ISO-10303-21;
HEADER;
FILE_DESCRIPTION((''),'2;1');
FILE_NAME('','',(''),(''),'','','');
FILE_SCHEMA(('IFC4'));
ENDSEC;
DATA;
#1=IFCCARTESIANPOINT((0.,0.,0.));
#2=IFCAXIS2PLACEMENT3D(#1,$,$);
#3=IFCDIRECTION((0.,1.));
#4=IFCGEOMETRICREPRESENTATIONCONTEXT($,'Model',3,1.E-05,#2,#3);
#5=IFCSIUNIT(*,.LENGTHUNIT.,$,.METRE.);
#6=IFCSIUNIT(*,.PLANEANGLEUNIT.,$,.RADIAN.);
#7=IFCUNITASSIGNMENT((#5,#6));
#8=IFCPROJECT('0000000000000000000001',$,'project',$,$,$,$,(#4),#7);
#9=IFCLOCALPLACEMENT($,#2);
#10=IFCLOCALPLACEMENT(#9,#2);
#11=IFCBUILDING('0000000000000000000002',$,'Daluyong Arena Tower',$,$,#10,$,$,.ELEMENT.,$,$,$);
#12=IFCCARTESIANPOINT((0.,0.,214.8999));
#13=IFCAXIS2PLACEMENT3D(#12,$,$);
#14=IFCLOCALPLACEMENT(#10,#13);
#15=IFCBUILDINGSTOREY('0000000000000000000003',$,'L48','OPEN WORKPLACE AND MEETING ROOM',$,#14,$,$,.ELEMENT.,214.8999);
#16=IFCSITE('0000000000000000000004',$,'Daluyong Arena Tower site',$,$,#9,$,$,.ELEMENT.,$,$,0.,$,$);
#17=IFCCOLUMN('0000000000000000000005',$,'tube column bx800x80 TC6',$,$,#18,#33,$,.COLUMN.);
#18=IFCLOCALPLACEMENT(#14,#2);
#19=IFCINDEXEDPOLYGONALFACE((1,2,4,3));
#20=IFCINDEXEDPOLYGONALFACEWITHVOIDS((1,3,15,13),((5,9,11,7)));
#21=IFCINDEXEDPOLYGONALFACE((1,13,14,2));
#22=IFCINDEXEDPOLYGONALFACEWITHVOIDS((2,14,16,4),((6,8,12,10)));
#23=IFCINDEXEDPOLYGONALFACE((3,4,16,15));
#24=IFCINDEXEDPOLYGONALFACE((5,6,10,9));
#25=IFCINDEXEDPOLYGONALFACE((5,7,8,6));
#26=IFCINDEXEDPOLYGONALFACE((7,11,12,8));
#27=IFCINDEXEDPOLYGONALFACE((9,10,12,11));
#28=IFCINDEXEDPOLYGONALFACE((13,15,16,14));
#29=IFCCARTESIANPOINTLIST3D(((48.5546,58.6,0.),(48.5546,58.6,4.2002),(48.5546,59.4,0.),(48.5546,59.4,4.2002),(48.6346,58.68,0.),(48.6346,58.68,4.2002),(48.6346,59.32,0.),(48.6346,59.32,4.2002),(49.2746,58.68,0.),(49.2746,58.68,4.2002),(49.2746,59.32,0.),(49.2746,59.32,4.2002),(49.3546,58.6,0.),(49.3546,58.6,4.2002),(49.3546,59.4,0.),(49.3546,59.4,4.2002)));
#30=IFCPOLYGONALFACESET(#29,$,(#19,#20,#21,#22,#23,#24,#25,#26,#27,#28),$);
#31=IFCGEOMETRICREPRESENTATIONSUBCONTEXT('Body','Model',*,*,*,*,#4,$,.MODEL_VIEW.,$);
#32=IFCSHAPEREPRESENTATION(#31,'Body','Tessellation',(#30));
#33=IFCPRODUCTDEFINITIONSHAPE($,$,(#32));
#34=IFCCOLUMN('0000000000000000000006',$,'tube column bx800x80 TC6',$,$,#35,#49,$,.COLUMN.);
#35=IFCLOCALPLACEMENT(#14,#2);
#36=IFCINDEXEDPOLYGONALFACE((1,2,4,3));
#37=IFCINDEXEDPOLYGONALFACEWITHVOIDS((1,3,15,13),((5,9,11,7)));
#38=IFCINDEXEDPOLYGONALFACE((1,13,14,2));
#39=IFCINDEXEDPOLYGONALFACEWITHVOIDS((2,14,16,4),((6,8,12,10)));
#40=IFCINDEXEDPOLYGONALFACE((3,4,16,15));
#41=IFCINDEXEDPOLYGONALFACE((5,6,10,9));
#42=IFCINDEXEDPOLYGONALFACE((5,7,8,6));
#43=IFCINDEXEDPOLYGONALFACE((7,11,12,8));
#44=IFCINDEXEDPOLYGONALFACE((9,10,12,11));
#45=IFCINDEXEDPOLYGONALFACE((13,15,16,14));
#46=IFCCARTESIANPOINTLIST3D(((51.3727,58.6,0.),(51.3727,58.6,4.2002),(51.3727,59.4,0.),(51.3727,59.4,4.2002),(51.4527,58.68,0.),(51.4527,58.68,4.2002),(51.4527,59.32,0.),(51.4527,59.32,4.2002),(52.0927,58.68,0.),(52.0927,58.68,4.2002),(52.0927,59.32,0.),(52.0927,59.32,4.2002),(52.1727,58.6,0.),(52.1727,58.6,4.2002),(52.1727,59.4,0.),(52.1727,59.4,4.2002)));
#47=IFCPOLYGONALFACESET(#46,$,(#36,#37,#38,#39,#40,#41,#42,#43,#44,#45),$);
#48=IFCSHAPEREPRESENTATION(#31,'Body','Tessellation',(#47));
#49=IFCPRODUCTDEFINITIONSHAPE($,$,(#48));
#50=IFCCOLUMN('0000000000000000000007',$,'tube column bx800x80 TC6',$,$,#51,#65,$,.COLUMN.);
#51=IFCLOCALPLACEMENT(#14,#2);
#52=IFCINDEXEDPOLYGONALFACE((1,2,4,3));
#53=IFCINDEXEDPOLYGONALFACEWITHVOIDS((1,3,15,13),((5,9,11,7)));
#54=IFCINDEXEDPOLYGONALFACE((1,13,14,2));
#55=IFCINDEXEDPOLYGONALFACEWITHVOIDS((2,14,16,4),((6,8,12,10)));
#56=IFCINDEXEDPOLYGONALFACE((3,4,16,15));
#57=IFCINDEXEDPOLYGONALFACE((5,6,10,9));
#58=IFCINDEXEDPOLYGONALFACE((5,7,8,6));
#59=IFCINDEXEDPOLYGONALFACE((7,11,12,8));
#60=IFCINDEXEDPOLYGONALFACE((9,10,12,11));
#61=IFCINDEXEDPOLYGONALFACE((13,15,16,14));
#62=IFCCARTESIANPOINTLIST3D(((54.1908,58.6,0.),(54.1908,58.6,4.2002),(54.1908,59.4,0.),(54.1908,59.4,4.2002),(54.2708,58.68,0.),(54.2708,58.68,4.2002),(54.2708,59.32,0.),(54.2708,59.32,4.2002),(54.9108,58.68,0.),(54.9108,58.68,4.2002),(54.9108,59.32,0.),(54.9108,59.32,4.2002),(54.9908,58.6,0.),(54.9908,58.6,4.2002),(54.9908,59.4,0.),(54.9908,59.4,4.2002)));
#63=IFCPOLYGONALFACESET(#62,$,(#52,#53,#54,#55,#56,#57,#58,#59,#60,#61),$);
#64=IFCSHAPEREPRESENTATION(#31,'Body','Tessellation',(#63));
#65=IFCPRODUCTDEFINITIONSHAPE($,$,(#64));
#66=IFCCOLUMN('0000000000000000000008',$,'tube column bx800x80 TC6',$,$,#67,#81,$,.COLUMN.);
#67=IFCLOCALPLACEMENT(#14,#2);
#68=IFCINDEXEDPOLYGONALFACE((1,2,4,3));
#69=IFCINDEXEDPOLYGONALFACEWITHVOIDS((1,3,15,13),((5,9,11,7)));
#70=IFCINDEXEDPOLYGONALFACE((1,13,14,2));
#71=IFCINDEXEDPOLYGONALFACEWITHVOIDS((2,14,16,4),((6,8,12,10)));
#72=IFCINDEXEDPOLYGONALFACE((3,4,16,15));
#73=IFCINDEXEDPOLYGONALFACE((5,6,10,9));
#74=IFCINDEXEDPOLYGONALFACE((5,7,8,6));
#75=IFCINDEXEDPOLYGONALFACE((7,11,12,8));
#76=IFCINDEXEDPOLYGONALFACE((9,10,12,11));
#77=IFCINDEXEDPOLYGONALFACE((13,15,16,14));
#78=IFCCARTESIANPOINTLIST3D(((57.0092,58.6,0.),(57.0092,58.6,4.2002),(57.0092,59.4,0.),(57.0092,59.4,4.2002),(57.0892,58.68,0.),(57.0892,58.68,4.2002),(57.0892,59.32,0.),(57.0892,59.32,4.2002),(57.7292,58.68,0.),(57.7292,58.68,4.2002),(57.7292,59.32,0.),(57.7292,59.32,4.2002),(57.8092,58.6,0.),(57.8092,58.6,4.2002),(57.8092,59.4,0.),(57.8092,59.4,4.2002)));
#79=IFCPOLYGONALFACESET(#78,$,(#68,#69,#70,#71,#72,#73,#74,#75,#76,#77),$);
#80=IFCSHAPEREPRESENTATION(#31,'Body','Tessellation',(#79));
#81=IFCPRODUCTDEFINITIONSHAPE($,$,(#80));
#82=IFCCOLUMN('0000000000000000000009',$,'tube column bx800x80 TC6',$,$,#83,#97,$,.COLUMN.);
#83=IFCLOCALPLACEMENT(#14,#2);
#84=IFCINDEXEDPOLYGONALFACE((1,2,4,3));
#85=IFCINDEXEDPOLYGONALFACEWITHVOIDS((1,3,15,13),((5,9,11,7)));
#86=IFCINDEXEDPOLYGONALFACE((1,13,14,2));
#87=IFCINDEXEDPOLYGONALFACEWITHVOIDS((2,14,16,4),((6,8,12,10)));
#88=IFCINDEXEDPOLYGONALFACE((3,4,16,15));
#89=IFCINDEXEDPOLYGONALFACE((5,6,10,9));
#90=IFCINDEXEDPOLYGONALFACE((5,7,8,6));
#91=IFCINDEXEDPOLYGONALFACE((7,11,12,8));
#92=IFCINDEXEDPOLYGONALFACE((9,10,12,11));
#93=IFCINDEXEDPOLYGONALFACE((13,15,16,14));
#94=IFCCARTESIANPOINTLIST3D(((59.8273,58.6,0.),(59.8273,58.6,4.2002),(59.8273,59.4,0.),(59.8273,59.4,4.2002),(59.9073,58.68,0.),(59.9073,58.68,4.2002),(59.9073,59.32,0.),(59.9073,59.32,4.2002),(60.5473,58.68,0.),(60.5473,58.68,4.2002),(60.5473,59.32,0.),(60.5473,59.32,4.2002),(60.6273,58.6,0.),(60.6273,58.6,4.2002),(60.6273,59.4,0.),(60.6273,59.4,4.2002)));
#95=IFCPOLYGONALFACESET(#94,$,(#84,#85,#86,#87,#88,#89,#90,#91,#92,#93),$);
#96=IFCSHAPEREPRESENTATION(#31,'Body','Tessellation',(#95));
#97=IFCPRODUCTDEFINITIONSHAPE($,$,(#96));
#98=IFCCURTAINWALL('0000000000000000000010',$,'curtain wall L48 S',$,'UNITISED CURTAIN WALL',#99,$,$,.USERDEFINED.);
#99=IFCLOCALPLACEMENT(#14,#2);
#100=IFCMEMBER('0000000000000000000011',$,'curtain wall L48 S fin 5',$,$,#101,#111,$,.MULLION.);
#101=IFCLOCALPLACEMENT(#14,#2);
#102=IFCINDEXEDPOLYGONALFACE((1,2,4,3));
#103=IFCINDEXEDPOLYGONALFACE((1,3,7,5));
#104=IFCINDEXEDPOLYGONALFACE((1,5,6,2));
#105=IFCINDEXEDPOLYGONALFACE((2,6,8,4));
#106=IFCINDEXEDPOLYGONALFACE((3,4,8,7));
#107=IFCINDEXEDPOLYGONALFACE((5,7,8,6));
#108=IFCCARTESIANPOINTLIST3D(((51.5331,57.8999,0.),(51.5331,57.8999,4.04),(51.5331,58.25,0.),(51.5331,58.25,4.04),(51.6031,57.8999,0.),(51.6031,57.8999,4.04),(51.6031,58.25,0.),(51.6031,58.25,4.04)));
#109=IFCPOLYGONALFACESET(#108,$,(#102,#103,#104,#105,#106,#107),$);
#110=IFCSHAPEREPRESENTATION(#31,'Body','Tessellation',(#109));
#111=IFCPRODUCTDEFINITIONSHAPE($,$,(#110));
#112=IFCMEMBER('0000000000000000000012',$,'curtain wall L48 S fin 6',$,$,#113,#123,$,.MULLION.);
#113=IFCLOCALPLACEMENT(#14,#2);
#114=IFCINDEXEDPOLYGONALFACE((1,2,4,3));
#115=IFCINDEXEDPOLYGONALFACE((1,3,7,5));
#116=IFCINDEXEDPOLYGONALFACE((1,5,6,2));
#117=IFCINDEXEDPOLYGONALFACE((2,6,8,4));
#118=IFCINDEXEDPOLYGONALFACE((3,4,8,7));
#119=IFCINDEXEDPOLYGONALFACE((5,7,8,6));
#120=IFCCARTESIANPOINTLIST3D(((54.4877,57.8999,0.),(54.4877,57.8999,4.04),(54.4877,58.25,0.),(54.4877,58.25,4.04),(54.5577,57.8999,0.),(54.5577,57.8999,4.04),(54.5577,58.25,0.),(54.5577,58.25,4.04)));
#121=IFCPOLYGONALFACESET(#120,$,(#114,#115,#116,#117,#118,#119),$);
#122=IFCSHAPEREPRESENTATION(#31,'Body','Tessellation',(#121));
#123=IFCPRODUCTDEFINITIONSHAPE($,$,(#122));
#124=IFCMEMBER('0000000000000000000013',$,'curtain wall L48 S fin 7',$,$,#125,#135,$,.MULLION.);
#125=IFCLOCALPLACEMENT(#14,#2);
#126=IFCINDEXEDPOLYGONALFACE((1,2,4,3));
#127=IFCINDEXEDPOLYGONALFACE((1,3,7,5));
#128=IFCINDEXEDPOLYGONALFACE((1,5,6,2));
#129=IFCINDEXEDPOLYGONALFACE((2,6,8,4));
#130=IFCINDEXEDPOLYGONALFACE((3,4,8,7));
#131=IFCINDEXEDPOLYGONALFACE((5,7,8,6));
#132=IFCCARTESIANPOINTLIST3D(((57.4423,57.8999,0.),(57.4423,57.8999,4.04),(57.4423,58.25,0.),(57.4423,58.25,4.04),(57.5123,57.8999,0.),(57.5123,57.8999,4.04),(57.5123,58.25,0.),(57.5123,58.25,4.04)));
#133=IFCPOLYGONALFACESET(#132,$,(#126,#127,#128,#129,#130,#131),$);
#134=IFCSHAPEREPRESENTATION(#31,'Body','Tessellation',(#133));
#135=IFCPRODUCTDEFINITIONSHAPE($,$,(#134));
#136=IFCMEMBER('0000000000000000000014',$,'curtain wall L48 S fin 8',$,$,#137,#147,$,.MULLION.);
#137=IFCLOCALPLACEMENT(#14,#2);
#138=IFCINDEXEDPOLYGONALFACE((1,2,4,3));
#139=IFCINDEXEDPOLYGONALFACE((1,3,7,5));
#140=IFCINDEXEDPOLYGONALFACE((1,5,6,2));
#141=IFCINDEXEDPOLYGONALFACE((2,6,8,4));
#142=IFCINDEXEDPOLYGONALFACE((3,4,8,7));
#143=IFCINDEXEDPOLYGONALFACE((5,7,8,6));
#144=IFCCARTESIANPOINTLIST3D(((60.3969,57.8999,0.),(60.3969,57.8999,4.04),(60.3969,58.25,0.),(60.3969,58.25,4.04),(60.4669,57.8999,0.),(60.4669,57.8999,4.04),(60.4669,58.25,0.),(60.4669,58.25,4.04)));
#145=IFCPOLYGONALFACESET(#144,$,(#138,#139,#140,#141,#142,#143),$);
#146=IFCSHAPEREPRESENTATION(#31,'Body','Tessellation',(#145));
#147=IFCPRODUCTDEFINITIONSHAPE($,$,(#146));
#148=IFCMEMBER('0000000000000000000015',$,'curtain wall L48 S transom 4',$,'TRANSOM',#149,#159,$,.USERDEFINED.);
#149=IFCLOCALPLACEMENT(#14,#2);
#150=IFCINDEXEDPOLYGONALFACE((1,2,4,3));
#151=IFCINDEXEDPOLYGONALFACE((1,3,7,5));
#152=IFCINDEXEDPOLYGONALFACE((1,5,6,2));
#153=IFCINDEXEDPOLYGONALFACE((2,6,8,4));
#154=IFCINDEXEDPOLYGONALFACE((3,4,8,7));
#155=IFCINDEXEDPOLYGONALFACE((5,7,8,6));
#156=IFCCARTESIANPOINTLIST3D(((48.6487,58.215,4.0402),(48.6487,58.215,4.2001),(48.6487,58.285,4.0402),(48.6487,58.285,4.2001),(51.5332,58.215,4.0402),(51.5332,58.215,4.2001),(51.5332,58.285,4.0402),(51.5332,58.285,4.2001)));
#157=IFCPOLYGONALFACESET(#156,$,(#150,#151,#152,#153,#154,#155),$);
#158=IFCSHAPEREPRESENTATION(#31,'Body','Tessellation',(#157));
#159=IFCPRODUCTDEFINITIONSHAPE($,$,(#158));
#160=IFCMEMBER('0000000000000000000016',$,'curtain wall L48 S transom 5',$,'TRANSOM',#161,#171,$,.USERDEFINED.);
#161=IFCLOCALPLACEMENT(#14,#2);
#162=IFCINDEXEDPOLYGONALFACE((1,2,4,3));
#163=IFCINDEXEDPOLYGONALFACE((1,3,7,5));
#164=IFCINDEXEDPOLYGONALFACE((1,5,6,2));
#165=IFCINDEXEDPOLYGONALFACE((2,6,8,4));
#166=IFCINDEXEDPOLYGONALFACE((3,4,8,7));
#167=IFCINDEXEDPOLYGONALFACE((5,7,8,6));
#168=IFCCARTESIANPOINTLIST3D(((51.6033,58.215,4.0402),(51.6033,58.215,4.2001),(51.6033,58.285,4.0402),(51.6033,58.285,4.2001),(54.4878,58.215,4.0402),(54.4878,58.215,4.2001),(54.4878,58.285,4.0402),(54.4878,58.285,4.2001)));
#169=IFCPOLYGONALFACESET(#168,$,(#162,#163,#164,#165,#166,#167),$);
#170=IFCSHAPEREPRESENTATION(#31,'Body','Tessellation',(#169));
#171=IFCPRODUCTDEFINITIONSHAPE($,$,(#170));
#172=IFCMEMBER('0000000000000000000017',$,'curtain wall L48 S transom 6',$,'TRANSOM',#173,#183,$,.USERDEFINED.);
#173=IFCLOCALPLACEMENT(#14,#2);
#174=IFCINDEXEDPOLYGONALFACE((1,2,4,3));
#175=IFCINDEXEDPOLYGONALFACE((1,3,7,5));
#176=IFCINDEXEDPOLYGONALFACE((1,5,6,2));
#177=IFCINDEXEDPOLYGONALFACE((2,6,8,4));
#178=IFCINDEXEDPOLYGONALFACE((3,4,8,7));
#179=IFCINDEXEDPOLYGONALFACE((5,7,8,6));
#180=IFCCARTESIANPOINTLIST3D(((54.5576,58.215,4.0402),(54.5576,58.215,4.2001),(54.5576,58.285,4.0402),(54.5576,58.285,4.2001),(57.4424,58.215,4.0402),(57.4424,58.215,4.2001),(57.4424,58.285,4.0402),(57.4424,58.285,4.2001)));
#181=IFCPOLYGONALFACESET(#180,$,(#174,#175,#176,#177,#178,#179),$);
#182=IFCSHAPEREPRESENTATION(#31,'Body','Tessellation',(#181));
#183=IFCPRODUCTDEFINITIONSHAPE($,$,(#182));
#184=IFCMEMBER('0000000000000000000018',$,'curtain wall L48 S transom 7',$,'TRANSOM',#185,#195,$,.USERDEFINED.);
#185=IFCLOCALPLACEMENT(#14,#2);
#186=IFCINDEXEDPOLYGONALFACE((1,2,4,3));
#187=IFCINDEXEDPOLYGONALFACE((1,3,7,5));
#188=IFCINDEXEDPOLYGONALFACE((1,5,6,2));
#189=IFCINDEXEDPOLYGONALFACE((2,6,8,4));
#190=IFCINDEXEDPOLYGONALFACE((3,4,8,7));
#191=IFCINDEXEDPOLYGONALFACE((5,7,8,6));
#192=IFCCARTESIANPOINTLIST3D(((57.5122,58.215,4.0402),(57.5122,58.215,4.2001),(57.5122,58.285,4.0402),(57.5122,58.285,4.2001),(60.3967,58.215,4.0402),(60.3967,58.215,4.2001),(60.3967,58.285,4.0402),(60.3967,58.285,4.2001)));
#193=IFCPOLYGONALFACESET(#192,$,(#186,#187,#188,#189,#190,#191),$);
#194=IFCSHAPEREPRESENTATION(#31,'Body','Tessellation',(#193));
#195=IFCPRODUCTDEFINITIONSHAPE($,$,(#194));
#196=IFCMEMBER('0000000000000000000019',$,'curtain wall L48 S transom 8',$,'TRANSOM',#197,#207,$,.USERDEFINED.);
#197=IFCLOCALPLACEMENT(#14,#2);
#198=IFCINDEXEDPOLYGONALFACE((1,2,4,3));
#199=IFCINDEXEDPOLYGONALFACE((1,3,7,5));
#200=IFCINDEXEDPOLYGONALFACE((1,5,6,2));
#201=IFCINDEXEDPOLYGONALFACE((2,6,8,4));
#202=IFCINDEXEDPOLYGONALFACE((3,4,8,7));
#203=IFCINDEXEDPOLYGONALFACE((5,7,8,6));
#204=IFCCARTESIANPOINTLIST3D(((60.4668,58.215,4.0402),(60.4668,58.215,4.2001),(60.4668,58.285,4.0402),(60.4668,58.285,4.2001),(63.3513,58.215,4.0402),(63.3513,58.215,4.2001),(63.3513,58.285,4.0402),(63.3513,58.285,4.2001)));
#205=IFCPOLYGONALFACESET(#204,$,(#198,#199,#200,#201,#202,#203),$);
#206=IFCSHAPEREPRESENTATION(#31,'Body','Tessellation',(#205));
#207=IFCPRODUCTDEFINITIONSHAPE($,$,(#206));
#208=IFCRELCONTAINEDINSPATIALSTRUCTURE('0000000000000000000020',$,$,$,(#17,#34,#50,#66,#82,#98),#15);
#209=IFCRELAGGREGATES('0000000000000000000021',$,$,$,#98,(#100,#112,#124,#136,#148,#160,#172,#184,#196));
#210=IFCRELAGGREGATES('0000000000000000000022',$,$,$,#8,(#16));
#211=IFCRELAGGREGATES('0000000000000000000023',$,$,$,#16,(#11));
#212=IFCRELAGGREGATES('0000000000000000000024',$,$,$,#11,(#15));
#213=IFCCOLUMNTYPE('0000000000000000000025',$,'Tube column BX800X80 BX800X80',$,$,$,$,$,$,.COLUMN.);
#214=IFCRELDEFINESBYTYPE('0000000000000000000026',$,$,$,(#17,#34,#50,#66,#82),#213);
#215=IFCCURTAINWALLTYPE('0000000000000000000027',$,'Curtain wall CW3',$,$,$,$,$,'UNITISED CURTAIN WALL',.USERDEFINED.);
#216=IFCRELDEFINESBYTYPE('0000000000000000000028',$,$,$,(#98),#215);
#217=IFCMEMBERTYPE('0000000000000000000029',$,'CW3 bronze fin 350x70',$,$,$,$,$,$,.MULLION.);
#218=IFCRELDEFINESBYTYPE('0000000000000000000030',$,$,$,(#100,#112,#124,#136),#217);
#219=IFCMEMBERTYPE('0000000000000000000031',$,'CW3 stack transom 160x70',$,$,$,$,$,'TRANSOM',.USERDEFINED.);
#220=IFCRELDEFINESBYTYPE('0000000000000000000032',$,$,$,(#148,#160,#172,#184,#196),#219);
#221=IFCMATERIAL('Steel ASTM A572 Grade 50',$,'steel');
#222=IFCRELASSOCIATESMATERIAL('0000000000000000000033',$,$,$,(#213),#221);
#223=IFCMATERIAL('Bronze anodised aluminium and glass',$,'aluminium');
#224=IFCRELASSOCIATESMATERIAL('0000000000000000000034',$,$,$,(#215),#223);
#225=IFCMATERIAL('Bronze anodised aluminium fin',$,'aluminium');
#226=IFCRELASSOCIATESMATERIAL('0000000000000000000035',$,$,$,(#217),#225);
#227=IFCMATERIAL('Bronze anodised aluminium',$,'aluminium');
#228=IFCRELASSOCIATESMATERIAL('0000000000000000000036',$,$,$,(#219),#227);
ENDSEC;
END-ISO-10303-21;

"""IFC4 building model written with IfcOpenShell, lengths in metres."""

from ifc_helpers import new_model, si_unit, direction, frame, origin, origin_2d, place, context, subcontext, project, spatial, rectangle, hollow_rectangle, extrude, material, material_profile, profile_set, type_object, element, aggregate, save


model = new_model("IFC4")

# Units and contexts
model_context = context("Model", 3, precision=1e-05, world=origin(), true_north=direction((0.0, 1.0)))
body_context = subcontext(model_context, "Body", "Model", "MODEL_VIEW")
ifc_project = project(units=[si_unit("LENGTHUNIT", "METRE"), si_unit("PLANEANGLEUNIT", "RADIAN")], contexts=[model_context])

# Site, building, storey
site_placement = place(None, origin())
site = spatial("IfcSite", under=ifc_project, at=site_placement, Name="Daluyong Arena Tower site", CompositionType="ELEMENT", RefElevation=0.0)
building_placement = place(site_placement, origin())
building = spatial("IfcBuilding", under=site, at=building_placement, Name="Daluyong Arena Tower", CompositionType="ELEMENT")
storey_placement = place(building_placement, frame((0.0, 0.0, 214.8999)))
storey = spatial("IfcBuildingStorey", under=building, at=storey_placement, Name="L48", Description="OPEN WORKPLACE AND MEETING ROOM", CompositionType="ELEMENT", Elevation=214.8999)

# Columns
ifc_material_1 = material(Name="Steel ASTM A572 Grade 50", Category="steel")
ifc_material_profile_1 = material_profile(ifc_material_1, hollow_rectangle(XDim=0.8, YDim=0.8, WallThickness=0.08, at=origin_2d()))
ifc_profile_set_1 = profile_set([ifc_material_profile_1], Name="Steel ASTM A572 Grade 50")
column_type = type_object("IfcColumnType", Name="Tube column BX800X80 BX800X80", PredefinedType="COLUMN", material=ifc_profile_set_1)
for number, where, z_axis, x_axis, name in (
    (1, (48.9546, 59.0, 0.0), (0.0, 0.0, 1.0), (1.0, 0.0, 0.0), "tube column bx800x80 TC6"),
    (2, (51.7727, 59.0, 0.0), (0.0, 0.0, 1.0), (1.0, 0.0, 0.0), "tube column bx800x80 TC6"),
    (3, (54.5908, 59.0, 0.0), (0.0, 0.0, 1.0), (1.0, 0.0, 0.0), "tube column bx800x80 TC6"),
    (4, (57.4092, 59.0, 0.0), (0.0, 0.0, 1.0), (1.0, 0.0, 0.0), "tube column bx800x80 TC6"),
    (5, (60.2273, 59.0, 0.0), (0.0, 0.0, 1.0), (1.0, 0.0, 0.0), "tube column bx800x80 TC6"),
):
    element("IfcColumn", number, at=place(storey_placement, frame(where, z_axis=z_axis, x_axis=x_axis)), inside=storey, type_object=column_type, Name=name, PredefinedType="COLUMN", context=body_context, shape_type="SweptSolid", body=[
        extrude(hollow_rectangle(XDim=0.8, YDim=0.8, WallThickness=0.08, at=origin_2d()), origin(), (0.0, 0.0, 1.0), 4.2002),
    ])

# Curtain wall, members
ifc_material_2 = material(Name="Bronze anodised aluminium and glass", Category="aluminium")
curtain_wall_type = type_object("IfcCurtainWallType", Name="Curtain wall CW3", ElementType="UNITISED CURTAIN WALL", PredefinedType="USERDEFINED", material=ifc_material_2)
curtain_wall_placement = place(storey_placement, origin())
curtain_wall = element("IfcCurtainWall", 6, at=curtain_wall_placement, inside=storey, type_object=curtain_wall_type, Name="curtain wall L48 S", ObjectType="UNITISED CURTAIN WALL", PredefinedType="USERDEFINED")
ifc_material_3 = material(Name="Bronze anodised aluminium fin", Category="aluminium")
ifc_material_profile_2 = material_profile(ifc_material_3, rectangle(XDim=0.3501, YDim=0.0701, at=origin_2d()))
ifc_profile_set_2 = profile_set([ifc_material_profile_2], Name="Bronze anodised aluminium fin")
member_type_1 = type_object("IfcMemberType", Name="CW3 bronze fin 350x70", PredefinedType="MULLION", material=ifc_profile_set_2)
member_1_placement = place(storey_placement, frame((51.5681, 58.075, 0.0), z_axis=(0.0, 0.0, 1.0), x_axis=(0.0, 1.0, 0.0)))
member_1 = element("IfcMember", 7, at=member_1_placement, type_object=member_type_1, Name="curtain wall L48 S fin 5", PredefinedType="MULLION", context=body_context, shape_type="SweptSolid", body=[
    extrude(rectangle(XDim=0.3501, YDim=0.0701, at=origin_2d()), origin(), (0.0, 0.0, 1.0), 4.04),
])
member_2_placement = place(storey_placement, frame((54.5227, 58.075, 0.0), z_axis=(0.0, 0.0, 1.0), x_axis=(0.0, 1.0, 0.0)))
member_2 = element("IfcMember", 8, at=member_2_placement, type_object=member_type_1, Name="curtain wall L48 S fin 6", PredefinedType="MULLION", context=body_context, shape_type="SweptSolid", body=[
    extrude(rectangle(XDim=0.3501, YDim=0.0701, at=origin_2d()), origin(), (0.0, 0.0, 1.0), 4.04),
])
member_3_placement = place(storey_placement, frame((57.4773, 58.075, 0.0), z_axis=(0.0, 0.0, 1.0), x_axis=(0.0, 1.0, 0.0)))
member_3 = element("IfcMember", 9, at=member_3_placement, type_object=member_type_1, Name="curtain wall L48 S fin 7", PredefinedType="MULLION", context=body_context, shape_type="SweptSolid", body=[
    extrude(rectangle(XDim=0.3501, YDim=0.0701, at=origin_2d()), origin(), (0.0, 0.0, 1.0), 4.04),
])
member_4_placement = place(storey_placement, frame((60.4319, 58.075, 0.0), z_axis=(0.0, 0.0, 1.0), x_axis=(0.0, 1.0, 0.0)))
member_4 = element("IfcMember", 10, at=member_4_placement, type_object=member_type_1, Name="curtain wall L48 S fin 8", PredefinedType="MULLION", context=body_context, shape_type="SweptSolid", body=[
    extrude(rectangle(XDim=0.3501, YDim=0.0701, at=origin_2d()), origin(), (0.0, 0.0, 1.0), 4.04),
])
ifc_material_4 = material(Name="Bronze anodised aluminium", Category="aluminium")
ifc_material_profile_3 = material_profile(ifc_material_4, rectangle(XDim=0.0701, YDim=0.1599, at=origin_2d()))
ifc_profile_set_3 = profile_set([ifc_material_profile_3], Name="Bronze anodised aluminium")
member_type_2 = type_object("IfcMemberType", Name="CW3 stack transom 160x70", ElementType="TRANSOM", PredefinedType="USERDEFINED", material=ifc_profile_set_3)
member_5_placement = place(storey_placement, frame((48.6487, 58.25, 4.1201), z_axis=(1.0, 0.0, 0.0), x_axis=(0.0, 1.0, 0.0)))
member_5 = element("IfcMember", 11, at=member_5_placement, type_object=member_type_2, Name="curtain wall L48 S transom 4", ObjectType="TRANSOM", PredefinedType="USERDEFINED", context=body_context, shape_type="SweptSolid", body=[
    extrude(rectangle(XDim=0.0701, YDim=0.1599, at=origin_2d()), origin(), (0.0, 0.0, 1.0), 2.8845),
])
member_6_placement = place(storey_placement, frame((51.6033, 58.25, 4.1201), z_axis=(1.0, 0.0, 0.0), x_axis=(0.0, 1.0, 0.0)))
member_6 = element("IfcMember", 12, at=member_6_placement, type_object=member_type_2, Name="curtain wall L48 S transom 5", ObjectType="TRANSOM", PredefinedType="USERDEFINED", context=body_context, shape_type="SweptSolid", body=[
    extrude(rectangle(XDim=0.0701, YDim=0.1599, at=origin_2d()), origin(), (0.0, 0.0, 1.0), 2.8845),
])
member_7_placement = place(storey_placement, frame((54.5576, 58.25, 4.1201), z_axis=(1.0, 0.0, 0.0), x_axis=(0.0, 1.0, 0.0)))
member_7 = element("IfcMember", 13, at=member_7_placement, type_object=member_type_2, Name="curtain wall L48 S transom 6", ObjectType="TRANSOM", PredefinedType="USERDEFINED", context=body_context, shape_type="SweptSolid", body=[
    extrude(rectangle(XDim=0.0701, YDim=0.1599, at=origin_2d()), origin(), (0.0, 0.0, 1.0), 2.8848),
])
member_8_placement = place(storey_placement, frame((57.5122, 58.25, 4.1201), z_axis=(1.0, 0.0, 0.0), x_axis=(0.0, 1.0, 0.0)))
member_8 = element("IfcMember", 14, at=member_8_placement, type_object=member_type_2, Name="curtain wall L48 S transom 7", ObjectType="TRANSOM", PredefinedType="USERDEFINED", context=body_context, shape_type="SweptSolid", body=[
    extrude(rectangle(XDim=0.0701, YDim=0.1599, at=origin_2d()), origin(), (0.0, 0.0, 1.0), 2.8845),
])
member_9_placement = place(storey_placement, frame((60.4668, 58.25, 4.1201), z_axis=(1.0, 0.0, 0.0), x_axis=(0.0, 1.0, 0.0)))
member_9 = element("IfcMember", 15, at=member_9_placement, type_object=member_type_2, Name="curtain wall L48 S transom 8", ObjectType="TRANSOM", PredefinedType="USERDEFINED", context=body_context, shape_type="SweptSolid", body=[
    extrude(rectangle(XDim=0.0701, YDim=0.1599, at=origin_2d()), origin(), (0.0, 0.0, 1.0), 2.8845),
])

aggregate(curtain_wall, [member_1, member_2, member_3, member_4, member_5, member_6, member_7, member_8, member_9])

save(model, "model.ifc")
